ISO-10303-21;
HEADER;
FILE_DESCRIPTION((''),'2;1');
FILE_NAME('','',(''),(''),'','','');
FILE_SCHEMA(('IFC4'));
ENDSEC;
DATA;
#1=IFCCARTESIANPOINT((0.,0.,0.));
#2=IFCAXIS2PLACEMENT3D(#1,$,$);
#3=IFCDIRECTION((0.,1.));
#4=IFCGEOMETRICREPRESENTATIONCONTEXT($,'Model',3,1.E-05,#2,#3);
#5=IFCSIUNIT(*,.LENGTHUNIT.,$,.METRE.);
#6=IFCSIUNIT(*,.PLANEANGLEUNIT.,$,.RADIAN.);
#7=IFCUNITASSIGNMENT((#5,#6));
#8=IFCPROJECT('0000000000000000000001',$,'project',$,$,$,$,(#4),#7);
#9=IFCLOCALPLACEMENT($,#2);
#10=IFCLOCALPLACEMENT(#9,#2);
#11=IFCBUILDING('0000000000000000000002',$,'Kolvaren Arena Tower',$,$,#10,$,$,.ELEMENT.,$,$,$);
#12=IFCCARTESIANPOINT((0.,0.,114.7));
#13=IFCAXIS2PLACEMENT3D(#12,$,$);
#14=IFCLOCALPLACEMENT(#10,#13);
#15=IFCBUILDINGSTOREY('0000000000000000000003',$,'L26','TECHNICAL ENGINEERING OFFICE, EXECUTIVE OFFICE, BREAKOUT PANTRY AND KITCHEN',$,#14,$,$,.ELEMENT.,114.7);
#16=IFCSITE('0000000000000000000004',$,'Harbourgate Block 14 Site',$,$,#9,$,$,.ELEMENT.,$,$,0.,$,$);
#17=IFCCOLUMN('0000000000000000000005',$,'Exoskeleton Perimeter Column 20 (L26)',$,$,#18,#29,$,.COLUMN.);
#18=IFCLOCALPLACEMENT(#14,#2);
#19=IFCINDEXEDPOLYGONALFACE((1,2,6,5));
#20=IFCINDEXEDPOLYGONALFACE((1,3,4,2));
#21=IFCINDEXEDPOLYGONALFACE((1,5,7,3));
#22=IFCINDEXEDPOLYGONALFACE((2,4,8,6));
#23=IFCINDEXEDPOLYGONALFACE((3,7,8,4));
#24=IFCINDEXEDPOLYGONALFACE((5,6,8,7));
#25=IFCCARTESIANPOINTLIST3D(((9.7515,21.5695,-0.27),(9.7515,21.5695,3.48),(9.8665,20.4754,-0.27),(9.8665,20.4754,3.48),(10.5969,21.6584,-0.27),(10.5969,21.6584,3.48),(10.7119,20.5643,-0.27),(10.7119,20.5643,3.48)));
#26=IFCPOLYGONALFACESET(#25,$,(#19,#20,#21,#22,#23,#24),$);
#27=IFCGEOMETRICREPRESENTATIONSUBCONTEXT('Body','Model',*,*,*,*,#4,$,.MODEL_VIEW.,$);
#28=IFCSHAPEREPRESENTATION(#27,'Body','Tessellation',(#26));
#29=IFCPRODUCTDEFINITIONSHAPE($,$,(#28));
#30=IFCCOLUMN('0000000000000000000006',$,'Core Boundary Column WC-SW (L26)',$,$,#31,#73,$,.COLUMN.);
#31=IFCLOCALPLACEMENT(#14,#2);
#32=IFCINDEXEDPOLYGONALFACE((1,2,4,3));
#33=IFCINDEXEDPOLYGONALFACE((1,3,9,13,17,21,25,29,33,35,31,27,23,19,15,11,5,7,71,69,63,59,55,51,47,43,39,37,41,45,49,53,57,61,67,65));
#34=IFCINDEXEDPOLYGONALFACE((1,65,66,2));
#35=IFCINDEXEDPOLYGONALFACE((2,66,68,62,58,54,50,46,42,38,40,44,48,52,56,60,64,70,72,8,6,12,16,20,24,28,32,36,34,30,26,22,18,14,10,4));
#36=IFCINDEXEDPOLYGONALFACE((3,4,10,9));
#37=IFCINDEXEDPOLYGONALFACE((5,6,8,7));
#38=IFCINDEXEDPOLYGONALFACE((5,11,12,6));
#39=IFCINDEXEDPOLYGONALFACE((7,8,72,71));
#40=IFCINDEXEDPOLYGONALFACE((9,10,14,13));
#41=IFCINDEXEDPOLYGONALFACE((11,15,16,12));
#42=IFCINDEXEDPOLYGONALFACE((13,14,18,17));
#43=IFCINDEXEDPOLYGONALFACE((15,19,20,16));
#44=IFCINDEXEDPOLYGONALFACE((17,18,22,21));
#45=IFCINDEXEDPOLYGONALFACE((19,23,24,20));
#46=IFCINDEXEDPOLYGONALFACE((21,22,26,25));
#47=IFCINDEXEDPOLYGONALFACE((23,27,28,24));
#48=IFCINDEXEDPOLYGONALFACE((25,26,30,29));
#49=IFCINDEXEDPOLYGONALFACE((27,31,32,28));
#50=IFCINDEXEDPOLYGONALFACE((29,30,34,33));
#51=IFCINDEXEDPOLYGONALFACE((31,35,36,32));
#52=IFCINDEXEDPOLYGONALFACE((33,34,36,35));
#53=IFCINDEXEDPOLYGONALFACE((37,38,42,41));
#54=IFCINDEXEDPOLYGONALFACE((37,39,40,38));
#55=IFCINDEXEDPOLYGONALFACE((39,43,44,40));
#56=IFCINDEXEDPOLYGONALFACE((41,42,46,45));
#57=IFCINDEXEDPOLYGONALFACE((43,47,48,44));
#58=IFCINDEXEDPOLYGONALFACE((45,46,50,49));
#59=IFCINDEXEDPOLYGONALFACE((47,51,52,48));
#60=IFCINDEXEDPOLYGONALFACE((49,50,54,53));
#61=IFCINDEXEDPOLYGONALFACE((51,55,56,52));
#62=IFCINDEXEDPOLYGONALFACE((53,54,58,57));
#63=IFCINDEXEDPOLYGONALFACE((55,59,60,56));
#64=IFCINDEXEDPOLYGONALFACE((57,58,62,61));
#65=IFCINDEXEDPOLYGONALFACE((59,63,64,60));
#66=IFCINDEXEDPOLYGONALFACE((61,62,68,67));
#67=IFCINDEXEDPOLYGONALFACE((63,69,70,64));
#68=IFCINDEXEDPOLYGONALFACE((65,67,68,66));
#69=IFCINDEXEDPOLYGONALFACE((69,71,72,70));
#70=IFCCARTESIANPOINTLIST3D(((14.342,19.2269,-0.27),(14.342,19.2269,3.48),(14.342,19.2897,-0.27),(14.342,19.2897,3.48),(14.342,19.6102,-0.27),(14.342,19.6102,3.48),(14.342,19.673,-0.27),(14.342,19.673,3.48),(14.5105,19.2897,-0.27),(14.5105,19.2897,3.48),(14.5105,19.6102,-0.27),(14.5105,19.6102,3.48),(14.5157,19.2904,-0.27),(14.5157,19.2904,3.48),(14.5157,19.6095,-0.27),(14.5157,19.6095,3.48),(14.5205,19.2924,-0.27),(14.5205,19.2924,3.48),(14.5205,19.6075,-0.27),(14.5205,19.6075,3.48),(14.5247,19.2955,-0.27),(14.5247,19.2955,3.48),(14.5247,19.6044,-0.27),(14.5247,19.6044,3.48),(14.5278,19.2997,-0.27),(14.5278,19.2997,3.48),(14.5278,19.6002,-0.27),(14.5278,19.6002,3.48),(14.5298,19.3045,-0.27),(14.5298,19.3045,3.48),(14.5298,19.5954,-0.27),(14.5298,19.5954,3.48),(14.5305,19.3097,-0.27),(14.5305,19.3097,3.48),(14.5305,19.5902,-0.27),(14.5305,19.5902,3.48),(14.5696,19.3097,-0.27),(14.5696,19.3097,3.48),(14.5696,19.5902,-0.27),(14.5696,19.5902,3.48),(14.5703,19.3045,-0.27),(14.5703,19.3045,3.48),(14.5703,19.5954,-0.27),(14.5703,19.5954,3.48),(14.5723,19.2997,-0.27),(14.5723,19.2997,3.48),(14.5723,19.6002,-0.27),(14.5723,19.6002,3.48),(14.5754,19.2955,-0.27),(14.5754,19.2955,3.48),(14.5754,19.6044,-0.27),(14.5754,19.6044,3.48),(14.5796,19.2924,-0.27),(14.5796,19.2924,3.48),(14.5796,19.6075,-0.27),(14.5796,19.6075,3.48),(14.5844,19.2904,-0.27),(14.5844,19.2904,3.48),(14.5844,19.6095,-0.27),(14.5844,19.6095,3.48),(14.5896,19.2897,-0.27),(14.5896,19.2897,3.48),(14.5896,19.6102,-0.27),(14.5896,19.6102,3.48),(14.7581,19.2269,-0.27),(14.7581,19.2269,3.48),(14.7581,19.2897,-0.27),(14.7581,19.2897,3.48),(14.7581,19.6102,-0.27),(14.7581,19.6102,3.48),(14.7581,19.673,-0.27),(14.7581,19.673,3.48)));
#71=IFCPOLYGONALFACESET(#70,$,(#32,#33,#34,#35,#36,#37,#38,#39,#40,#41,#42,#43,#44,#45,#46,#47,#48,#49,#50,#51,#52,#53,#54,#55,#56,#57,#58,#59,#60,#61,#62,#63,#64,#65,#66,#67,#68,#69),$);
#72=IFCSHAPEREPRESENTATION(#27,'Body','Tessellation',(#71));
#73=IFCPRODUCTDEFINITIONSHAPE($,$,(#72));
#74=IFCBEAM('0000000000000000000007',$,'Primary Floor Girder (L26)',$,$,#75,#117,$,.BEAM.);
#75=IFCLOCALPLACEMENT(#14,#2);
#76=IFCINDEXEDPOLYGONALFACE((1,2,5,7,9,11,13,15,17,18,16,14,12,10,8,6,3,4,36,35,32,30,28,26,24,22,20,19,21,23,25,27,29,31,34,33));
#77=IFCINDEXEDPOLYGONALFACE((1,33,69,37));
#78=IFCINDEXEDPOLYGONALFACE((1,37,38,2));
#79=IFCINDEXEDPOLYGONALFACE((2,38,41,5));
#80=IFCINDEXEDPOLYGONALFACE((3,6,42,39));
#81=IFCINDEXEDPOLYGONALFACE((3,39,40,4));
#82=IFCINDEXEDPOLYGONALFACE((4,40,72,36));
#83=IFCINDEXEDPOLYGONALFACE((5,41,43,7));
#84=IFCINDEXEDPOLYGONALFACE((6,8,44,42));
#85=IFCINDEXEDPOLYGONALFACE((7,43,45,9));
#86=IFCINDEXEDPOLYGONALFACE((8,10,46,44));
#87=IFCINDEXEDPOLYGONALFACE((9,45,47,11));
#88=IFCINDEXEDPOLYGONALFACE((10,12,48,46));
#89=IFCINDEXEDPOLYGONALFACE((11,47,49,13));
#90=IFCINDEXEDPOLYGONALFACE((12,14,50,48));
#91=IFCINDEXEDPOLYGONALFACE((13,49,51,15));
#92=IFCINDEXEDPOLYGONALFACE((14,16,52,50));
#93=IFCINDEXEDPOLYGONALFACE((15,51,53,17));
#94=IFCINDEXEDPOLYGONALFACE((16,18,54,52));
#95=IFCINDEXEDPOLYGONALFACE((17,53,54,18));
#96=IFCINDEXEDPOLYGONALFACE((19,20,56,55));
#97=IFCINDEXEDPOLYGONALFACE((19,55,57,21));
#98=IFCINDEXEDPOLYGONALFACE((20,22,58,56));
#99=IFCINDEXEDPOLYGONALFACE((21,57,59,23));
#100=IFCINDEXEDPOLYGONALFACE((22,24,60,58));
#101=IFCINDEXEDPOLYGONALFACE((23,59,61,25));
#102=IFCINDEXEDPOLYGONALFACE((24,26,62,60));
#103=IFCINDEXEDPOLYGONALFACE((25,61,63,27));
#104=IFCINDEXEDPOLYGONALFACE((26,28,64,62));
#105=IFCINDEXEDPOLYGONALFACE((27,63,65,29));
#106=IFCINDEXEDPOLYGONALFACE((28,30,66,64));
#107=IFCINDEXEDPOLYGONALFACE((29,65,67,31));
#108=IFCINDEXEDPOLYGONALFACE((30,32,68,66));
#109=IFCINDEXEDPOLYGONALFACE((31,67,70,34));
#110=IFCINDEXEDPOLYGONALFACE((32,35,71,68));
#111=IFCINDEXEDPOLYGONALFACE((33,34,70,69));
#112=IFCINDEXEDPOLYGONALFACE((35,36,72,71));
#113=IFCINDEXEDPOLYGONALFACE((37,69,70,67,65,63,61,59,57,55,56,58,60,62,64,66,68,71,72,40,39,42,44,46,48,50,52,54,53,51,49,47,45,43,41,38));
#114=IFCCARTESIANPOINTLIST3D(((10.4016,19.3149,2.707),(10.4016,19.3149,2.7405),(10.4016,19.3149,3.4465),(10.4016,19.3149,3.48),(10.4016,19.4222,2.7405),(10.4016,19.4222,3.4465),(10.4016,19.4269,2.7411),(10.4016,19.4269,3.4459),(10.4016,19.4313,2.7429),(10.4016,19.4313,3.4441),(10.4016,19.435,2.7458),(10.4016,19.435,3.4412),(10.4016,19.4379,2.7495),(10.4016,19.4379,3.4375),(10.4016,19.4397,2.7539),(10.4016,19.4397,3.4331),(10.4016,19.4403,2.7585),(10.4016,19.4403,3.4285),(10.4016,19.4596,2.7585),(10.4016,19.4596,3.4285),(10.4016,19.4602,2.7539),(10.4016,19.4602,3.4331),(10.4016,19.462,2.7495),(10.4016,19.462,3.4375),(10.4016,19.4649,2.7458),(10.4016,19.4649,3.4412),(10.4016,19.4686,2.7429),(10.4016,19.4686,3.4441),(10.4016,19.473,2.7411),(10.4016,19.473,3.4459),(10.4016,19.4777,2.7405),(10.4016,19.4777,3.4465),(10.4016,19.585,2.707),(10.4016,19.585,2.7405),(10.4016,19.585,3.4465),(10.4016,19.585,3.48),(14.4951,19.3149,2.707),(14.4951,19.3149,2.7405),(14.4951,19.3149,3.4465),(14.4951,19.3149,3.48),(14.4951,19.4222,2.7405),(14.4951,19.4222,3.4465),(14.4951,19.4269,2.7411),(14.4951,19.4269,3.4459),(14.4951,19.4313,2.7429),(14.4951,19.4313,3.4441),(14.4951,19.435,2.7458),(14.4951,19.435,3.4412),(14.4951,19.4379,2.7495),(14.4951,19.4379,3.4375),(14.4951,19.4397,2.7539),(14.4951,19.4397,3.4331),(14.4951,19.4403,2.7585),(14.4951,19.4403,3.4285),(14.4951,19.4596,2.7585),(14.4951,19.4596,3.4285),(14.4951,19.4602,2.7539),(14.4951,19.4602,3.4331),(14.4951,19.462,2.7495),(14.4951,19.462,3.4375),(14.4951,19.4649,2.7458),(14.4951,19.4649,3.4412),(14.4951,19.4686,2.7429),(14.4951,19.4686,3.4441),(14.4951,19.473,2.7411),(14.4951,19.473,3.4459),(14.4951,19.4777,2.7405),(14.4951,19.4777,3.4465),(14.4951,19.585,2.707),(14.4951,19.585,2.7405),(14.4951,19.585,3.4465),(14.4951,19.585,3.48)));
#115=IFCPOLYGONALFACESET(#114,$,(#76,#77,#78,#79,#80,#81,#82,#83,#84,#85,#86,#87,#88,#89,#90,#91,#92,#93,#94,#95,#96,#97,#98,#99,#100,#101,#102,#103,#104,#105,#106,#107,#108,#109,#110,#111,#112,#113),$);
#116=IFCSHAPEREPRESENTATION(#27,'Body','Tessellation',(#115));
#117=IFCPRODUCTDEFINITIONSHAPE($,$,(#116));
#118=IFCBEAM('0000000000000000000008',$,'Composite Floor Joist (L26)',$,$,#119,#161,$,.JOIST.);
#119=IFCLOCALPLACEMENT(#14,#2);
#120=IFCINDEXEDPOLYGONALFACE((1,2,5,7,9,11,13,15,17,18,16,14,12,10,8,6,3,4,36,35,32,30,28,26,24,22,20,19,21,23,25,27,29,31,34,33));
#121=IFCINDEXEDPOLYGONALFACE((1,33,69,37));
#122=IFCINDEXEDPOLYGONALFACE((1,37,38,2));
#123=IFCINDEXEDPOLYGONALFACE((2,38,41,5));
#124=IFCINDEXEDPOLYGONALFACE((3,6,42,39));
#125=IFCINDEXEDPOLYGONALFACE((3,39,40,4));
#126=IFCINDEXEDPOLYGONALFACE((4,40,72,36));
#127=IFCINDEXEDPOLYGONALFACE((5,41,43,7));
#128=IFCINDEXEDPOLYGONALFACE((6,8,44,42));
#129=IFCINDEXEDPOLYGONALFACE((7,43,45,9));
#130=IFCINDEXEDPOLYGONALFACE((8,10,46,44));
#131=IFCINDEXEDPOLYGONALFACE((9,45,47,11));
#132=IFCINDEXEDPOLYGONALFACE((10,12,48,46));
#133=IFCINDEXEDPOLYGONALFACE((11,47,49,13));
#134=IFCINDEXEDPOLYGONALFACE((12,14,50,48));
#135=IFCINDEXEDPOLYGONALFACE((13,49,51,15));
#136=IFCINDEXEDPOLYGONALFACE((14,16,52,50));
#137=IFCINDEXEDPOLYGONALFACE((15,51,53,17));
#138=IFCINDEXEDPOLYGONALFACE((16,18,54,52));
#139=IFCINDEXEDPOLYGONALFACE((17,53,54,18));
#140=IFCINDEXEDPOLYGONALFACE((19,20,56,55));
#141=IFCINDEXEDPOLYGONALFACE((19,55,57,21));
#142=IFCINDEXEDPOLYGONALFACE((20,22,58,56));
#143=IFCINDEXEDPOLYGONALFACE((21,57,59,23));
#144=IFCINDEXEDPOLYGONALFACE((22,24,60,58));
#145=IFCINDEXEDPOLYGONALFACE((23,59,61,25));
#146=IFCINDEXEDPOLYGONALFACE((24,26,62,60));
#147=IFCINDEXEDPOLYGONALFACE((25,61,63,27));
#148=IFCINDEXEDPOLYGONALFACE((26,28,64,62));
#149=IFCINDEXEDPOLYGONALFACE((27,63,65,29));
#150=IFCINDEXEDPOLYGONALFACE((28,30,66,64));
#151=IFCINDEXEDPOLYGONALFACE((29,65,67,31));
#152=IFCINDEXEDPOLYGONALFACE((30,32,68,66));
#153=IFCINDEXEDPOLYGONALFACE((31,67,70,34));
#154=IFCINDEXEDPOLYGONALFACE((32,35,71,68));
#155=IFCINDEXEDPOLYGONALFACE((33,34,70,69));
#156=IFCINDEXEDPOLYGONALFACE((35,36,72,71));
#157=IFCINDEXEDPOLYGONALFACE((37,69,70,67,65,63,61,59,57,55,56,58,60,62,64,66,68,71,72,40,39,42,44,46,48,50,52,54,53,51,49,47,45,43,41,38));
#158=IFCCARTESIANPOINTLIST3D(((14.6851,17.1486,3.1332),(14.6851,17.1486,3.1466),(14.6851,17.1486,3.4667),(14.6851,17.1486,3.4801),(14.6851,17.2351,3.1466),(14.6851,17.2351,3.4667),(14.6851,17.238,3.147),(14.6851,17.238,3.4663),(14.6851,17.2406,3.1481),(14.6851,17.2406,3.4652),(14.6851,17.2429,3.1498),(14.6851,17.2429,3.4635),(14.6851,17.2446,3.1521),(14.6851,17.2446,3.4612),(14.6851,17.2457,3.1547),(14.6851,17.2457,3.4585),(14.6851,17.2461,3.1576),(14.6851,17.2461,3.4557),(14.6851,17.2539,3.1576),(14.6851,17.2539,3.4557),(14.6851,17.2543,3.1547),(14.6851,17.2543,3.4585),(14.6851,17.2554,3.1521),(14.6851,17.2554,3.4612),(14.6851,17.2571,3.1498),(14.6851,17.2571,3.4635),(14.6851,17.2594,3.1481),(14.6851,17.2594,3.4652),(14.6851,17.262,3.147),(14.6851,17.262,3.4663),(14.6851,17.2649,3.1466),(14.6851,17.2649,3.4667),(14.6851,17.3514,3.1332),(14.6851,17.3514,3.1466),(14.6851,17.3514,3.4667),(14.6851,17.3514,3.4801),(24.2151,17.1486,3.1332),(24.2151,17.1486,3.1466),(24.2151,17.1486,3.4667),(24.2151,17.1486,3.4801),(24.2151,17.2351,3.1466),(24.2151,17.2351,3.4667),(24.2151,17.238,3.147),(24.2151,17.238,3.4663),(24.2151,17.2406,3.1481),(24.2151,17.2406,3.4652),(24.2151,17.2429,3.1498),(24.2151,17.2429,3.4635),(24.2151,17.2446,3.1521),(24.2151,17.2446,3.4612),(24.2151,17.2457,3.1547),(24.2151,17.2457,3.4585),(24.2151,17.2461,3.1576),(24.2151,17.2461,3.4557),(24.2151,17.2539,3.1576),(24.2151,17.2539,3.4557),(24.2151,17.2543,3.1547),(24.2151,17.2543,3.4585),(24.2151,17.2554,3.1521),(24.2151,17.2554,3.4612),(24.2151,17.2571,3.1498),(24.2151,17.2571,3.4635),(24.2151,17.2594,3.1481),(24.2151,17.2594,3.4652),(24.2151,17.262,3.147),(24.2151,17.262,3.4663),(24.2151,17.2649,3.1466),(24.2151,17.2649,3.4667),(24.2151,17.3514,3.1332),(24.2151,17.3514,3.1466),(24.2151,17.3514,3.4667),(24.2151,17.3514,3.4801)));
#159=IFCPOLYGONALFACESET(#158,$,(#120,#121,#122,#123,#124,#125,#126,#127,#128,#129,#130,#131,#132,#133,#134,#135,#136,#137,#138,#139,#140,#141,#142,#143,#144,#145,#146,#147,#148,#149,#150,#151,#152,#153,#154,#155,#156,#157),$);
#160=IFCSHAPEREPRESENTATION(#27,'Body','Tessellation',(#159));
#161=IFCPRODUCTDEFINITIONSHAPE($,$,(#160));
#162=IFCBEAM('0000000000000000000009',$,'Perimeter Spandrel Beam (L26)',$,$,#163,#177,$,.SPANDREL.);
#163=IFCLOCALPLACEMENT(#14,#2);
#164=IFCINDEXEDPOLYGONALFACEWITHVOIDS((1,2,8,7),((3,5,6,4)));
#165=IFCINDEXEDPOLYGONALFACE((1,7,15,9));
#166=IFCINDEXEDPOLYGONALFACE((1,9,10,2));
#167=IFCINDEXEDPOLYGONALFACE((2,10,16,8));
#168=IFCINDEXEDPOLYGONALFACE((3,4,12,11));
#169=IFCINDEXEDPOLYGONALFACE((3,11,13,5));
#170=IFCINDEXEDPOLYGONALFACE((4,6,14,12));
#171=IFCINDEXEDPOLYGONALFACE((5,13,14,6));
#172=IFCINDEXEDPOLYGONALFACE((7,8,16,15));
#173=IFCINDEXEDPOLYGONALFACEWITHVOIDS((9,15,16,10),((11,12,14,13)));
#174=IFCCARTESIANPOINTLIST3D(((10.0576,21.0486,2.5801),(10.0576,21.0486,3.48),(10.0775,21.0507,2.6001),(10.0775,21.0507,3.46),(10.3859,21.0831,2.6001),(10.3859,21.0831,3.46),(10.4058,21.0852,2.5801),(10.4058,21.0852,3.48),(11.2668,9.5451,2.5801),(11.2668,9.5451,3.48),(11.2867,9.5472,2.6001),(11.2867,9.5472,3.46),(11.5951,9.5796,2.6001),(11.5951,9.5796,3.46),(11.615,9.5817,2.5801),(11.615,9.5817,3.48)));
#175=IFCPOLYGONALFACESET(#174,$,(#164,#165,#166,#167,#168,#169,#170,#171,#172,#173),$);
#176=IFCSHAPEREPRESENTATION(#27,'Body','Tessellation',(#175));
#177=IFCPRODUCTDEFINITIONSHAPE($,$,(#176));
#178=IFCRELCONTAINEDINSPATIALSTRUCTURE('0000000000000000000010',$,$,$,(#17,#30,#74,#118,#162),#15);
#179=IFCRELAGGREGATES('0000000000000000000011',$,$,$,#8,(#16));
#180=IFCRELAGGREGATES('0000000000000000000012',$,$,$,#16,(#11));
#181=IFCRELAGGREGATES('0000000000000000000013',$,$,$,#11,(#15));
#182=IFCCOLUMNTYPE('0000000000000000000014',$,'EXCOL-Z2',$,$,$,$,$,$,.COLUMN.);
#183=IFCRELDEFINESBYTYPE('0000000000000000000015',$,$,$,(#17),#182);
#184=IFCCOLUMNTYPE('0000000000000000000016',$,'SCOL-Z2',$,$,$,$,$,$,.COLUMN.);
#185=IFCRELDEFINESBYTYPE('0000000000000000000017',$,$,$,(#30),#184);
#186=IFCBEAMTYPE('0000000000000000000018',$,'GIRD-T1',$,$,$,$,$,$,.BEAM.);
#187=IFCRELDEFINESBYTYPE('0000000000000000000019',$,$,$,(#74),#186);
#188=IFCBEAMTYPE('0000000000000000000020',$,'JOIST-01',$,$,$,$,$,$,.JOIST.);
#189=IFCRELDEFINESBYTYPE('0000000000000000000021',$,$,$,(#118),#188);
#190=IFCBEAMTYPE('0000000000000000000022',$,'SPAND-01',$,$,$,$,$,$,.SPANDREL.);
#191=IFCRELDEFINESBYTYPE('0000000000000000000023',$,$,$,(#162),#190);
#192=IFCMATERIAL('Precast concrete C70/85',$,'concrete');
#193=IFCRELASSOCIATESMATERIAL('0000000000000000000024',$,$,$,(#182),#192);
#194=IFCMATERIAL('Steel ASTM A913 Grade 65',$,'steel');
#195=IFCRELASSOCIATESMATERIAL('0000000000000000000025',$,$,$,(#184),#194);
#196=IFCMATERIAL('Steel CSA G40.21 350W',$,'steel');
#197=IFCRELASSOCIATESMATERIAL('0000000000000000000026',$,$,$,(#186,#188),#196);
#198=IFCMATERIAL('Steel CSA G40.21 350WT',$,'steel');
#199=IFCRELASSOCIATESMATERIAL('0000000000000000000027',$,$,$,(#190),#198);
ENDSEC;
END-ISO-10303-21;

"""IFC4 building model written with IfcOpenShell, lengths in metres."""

from ifc_helpers import new_model, si_unit, direction, frame, origin, origin_2d, place, context, subcontext, project, spatial, rectangle, hollow_rectangle, i_section, extrude, material, material_profile, profile_set, type_object, element, save


model = new_model("IFC4")

# Units and contexts
model_context = context("Model", 3, precision=1e-05, world=origin(), true_north=direction((0.0, 1.0)))
body_context = subcontext(model_context, "Body", "Model", "MODEL_VIEW")
ifc_project = project(units=[si_unit("LENGTHUNIT", "METRE"), si_unit("PLANEANGLEUNIT", "RADIAN")], contexts=[model_context])

# Site, building, storey
site_placement = place(None, origin())
site = spatial("IfcSite", under=ifc_project, at=site_placement, Name="Harbourgate Block 14 Site", CompositionType="ELEMENT", RefElevation=0.0)
building_placement = place(site_placement, origin())
building = spatial("IfcBuilding", under=site, at=building_placement, Name="Kolvaren Arena Tower", CompositionType="ELEMENT")
storey_placement = place(building_placement, frame((0.0, 0.0, 114.7)))
storey = spatial("IfcBuildingStorey", under=building, at=storey_placement, Name="L26", Description="TECHNICAL ENGINEERING OFFICE, EXECUTIVE OFFICE, BREAKOUT PANTRY AND KITCHEN", CompositionType="ELEMENT", Elevation=114.7)

# Columns
ifc_material_1 = material(Name="Precast concrete C70/85", Category="concrete")
ifc_material_profile_1 = material_profile(ifc_material_1, rectangle(XDim=1.1001, YDim=0.8501, at=origin_2d()), Name="RC-1100x850")
ifc_profile_set_1 = profile_set([ifc_material_profile_1], Name="Precast concrete C70/85")
column_type_1 = type_object("IfcColumnType", Name="EXCOL-Z2", PredefinedType="COLUMN", material=ifc_profile_set_1)
column_1_placement = place(storey_placement, frame((10.2317, 21.0669, -0.27), z_axis=(0.0, 0.0, 1.0), x_axis=(-0.104528, 0.994522, 0.0)))
element("IfcColumn", 1, at=column_1_placement, inside=storey, type_object=column_type_1, Name="Exoskeleton Perimeter Column 20 (L26)", PredefinedType="COLUMN", context=body_context, shape_type="SweptSolid", body=[
    extrude(rectangle(XDim=1.1001, YDim=0.8501, at=origin_2d()), origin(), (0.0, 0.0, 1.0), 3.75),
])
ifc_material_2 = material(Name="Steel ASTM A913 Grade 65", Category="steel")
ifc_material_profile_2 = material_profile(ifc_material_2, i_section(OverallWidth=0.416, OverallDepth=0.446, WebThickness=0.0391, FlangeThickness=0.0627, FilletRadius=0.02, at=origin_2d()), Name="W360x509")
ifc_profile_set_2 = profile_set([ifc_material_profile_2], Name="Steel ASTM A913 Grade 65")
column_type_2 = type_object("IfcColumnType", Name="SCOL-Z2", PredefinedType="COLUMN", material=ifc_profile_set_2)
column_2_placement = place(storey_placement, frame((14.55, 19.45, -0.27), z_axis=(0.0, 0.0, 1.0), x_axis=(1.0, 0.0, 0.0)))
element("IfcColumn", 2, at=column_2_placement, inside=storey, type_object=column_type_2, Name="Core Boundary Column WC-SW (L26)", PredefinedType="COLUMN", context=body_context, shape_type="SweptSolid", body=[
    extrude(i_section(OverallWidth=0.416, OverallDepth=0.446, WebThickness=0.0391, FlangeThickness=0.0627, FilletRadius=0.02, at=origin_2d()), origin(), (0.0, 0.0, 1.0), 3.75),
])

# Beams
ifc_material_3 = material(Name="Steel CSA G40.21 350W", Category="steel")
ifc_material_profile_3 = material_profile(ifc_material_3, i_section(OverallWidth=0.27, OverallDepth=0.7729, WebThickness=0.0193, FlangeThickness=0.0334, FilletRadius=0.0181, at=origin_2d()), Name="W760x257")
ifc_profile_set_3 = profile_set([ifc_material_profile_3], Name="Steel CSA G40.21 350W")
beam_type_1 = type_object("IfcBeamType", Name="GIRD-T1", PredefinedType="BEAM", material=ifc_profile_set_3)
beam_1_placement = place(storey_placement, frame((10.4016, 19.45, 3.0935), z_axis=(1.0, 0.0, 0.0), x_axis=(0.0, 1.0, 0.0)))
element("IfcBeam", 3, at=beam_1_placement, inside=storey, type_object=beam_type_1, Name="Primary Floor Girder (L26)", PredefinedType="BEAM", context=body_context, shape_type="SweptSolid", body=[
    extrude(i_section(OverallWidth=0.27, OverallDepth=0.7729, WebThickness=0.0193, FlangeThickness=0.0334, FilletRadius=0.0181, at=origin_2d()), origin(), (0.0, 0.0, 1.0), 4.0935),
])
ifc_material_profile_4 = material_profile(ifc_material_3, i_section(OverallWidth=0.2029, OverallDepth=0.3469, WebThickness=0.0078, FlangeThickness=0.0134, FilletRadius=0.011, at=origin_2d()), Name="W360x64")
ifc_profile_set_4 = profile_set([ifc_material_profile_4], Name="Steel CSA G40.21 350W")
beam_type_2 = type_object("IfcBeamType", Name="JOIST-01", PredefinedType="JOIST", material=ifc_profile_set_4)
beam_2_placement = place(storey_placement, frame((14.6851, 17.25, 3.3066), z_axis=(1.0, 0.0, 0.0), x_axis=(0.0, 1.0, 0.0)))
element("IfcBeam", 4, at=beam_2_placement, inside=storey, type_object=beam_type_2, Name="Composite Floor Joist (L26)", PredefinedType="JOIST", context=body_context, shape_type="SweptSolid", body=[
    extrude(i_section(OverallWidth=0.2029, OverallDepth=0.3469, WebThickness=0.0078, FlangeThickness=0.0134, FilletRadius=0.011, at=origin_2d()), origin(), (0.0, 0.0, 1.0), 9.53),
])
ifc_material_4 = material(Name="Steel CSA G40.21 350WT", Category="steel")
ifc_material_profile_5 = material_profile(ifc_material_4, hollow_rectangle(XDim=0.3501, YDim=0.8999, WallThickness=0.02, at=origin_2d()), Name="HSS 900x350x20")
ifc_profile_set_5 = profile_set([ifc_material_profile_5], Name="Steel CSA G40.21 350WT")
beam_type_3 = type_object("IfcBeamType", Name="SPAND-01", PredefinedType="SPANDREL", material=ifc_profile_set_5)
beam_3_placement = place(storey_placement, frame((10.2317, 21.0669, 3.03), z_axis=(0.104543, -0.99452, 0.0), x_axis=(0.99452, 0.104543, 0.0)))
element("IfcBeam", 5, at=beam_3_placement, inside=storey, type_object=beam_type_3, Name="Perimeter Spandrel Beam (L26)", PredefinedType="SPANDREL", context=body_context, shape_type="SweptSolid", body=[
    extrude(hollow_rectangle(XDim=0.3501, YDim=0.8999, WallThickness=0.02, at=origin_2d()), origin(), (0.0, 0.0, 1.0), 11.5669),
])

save(model, "model.ifc")
